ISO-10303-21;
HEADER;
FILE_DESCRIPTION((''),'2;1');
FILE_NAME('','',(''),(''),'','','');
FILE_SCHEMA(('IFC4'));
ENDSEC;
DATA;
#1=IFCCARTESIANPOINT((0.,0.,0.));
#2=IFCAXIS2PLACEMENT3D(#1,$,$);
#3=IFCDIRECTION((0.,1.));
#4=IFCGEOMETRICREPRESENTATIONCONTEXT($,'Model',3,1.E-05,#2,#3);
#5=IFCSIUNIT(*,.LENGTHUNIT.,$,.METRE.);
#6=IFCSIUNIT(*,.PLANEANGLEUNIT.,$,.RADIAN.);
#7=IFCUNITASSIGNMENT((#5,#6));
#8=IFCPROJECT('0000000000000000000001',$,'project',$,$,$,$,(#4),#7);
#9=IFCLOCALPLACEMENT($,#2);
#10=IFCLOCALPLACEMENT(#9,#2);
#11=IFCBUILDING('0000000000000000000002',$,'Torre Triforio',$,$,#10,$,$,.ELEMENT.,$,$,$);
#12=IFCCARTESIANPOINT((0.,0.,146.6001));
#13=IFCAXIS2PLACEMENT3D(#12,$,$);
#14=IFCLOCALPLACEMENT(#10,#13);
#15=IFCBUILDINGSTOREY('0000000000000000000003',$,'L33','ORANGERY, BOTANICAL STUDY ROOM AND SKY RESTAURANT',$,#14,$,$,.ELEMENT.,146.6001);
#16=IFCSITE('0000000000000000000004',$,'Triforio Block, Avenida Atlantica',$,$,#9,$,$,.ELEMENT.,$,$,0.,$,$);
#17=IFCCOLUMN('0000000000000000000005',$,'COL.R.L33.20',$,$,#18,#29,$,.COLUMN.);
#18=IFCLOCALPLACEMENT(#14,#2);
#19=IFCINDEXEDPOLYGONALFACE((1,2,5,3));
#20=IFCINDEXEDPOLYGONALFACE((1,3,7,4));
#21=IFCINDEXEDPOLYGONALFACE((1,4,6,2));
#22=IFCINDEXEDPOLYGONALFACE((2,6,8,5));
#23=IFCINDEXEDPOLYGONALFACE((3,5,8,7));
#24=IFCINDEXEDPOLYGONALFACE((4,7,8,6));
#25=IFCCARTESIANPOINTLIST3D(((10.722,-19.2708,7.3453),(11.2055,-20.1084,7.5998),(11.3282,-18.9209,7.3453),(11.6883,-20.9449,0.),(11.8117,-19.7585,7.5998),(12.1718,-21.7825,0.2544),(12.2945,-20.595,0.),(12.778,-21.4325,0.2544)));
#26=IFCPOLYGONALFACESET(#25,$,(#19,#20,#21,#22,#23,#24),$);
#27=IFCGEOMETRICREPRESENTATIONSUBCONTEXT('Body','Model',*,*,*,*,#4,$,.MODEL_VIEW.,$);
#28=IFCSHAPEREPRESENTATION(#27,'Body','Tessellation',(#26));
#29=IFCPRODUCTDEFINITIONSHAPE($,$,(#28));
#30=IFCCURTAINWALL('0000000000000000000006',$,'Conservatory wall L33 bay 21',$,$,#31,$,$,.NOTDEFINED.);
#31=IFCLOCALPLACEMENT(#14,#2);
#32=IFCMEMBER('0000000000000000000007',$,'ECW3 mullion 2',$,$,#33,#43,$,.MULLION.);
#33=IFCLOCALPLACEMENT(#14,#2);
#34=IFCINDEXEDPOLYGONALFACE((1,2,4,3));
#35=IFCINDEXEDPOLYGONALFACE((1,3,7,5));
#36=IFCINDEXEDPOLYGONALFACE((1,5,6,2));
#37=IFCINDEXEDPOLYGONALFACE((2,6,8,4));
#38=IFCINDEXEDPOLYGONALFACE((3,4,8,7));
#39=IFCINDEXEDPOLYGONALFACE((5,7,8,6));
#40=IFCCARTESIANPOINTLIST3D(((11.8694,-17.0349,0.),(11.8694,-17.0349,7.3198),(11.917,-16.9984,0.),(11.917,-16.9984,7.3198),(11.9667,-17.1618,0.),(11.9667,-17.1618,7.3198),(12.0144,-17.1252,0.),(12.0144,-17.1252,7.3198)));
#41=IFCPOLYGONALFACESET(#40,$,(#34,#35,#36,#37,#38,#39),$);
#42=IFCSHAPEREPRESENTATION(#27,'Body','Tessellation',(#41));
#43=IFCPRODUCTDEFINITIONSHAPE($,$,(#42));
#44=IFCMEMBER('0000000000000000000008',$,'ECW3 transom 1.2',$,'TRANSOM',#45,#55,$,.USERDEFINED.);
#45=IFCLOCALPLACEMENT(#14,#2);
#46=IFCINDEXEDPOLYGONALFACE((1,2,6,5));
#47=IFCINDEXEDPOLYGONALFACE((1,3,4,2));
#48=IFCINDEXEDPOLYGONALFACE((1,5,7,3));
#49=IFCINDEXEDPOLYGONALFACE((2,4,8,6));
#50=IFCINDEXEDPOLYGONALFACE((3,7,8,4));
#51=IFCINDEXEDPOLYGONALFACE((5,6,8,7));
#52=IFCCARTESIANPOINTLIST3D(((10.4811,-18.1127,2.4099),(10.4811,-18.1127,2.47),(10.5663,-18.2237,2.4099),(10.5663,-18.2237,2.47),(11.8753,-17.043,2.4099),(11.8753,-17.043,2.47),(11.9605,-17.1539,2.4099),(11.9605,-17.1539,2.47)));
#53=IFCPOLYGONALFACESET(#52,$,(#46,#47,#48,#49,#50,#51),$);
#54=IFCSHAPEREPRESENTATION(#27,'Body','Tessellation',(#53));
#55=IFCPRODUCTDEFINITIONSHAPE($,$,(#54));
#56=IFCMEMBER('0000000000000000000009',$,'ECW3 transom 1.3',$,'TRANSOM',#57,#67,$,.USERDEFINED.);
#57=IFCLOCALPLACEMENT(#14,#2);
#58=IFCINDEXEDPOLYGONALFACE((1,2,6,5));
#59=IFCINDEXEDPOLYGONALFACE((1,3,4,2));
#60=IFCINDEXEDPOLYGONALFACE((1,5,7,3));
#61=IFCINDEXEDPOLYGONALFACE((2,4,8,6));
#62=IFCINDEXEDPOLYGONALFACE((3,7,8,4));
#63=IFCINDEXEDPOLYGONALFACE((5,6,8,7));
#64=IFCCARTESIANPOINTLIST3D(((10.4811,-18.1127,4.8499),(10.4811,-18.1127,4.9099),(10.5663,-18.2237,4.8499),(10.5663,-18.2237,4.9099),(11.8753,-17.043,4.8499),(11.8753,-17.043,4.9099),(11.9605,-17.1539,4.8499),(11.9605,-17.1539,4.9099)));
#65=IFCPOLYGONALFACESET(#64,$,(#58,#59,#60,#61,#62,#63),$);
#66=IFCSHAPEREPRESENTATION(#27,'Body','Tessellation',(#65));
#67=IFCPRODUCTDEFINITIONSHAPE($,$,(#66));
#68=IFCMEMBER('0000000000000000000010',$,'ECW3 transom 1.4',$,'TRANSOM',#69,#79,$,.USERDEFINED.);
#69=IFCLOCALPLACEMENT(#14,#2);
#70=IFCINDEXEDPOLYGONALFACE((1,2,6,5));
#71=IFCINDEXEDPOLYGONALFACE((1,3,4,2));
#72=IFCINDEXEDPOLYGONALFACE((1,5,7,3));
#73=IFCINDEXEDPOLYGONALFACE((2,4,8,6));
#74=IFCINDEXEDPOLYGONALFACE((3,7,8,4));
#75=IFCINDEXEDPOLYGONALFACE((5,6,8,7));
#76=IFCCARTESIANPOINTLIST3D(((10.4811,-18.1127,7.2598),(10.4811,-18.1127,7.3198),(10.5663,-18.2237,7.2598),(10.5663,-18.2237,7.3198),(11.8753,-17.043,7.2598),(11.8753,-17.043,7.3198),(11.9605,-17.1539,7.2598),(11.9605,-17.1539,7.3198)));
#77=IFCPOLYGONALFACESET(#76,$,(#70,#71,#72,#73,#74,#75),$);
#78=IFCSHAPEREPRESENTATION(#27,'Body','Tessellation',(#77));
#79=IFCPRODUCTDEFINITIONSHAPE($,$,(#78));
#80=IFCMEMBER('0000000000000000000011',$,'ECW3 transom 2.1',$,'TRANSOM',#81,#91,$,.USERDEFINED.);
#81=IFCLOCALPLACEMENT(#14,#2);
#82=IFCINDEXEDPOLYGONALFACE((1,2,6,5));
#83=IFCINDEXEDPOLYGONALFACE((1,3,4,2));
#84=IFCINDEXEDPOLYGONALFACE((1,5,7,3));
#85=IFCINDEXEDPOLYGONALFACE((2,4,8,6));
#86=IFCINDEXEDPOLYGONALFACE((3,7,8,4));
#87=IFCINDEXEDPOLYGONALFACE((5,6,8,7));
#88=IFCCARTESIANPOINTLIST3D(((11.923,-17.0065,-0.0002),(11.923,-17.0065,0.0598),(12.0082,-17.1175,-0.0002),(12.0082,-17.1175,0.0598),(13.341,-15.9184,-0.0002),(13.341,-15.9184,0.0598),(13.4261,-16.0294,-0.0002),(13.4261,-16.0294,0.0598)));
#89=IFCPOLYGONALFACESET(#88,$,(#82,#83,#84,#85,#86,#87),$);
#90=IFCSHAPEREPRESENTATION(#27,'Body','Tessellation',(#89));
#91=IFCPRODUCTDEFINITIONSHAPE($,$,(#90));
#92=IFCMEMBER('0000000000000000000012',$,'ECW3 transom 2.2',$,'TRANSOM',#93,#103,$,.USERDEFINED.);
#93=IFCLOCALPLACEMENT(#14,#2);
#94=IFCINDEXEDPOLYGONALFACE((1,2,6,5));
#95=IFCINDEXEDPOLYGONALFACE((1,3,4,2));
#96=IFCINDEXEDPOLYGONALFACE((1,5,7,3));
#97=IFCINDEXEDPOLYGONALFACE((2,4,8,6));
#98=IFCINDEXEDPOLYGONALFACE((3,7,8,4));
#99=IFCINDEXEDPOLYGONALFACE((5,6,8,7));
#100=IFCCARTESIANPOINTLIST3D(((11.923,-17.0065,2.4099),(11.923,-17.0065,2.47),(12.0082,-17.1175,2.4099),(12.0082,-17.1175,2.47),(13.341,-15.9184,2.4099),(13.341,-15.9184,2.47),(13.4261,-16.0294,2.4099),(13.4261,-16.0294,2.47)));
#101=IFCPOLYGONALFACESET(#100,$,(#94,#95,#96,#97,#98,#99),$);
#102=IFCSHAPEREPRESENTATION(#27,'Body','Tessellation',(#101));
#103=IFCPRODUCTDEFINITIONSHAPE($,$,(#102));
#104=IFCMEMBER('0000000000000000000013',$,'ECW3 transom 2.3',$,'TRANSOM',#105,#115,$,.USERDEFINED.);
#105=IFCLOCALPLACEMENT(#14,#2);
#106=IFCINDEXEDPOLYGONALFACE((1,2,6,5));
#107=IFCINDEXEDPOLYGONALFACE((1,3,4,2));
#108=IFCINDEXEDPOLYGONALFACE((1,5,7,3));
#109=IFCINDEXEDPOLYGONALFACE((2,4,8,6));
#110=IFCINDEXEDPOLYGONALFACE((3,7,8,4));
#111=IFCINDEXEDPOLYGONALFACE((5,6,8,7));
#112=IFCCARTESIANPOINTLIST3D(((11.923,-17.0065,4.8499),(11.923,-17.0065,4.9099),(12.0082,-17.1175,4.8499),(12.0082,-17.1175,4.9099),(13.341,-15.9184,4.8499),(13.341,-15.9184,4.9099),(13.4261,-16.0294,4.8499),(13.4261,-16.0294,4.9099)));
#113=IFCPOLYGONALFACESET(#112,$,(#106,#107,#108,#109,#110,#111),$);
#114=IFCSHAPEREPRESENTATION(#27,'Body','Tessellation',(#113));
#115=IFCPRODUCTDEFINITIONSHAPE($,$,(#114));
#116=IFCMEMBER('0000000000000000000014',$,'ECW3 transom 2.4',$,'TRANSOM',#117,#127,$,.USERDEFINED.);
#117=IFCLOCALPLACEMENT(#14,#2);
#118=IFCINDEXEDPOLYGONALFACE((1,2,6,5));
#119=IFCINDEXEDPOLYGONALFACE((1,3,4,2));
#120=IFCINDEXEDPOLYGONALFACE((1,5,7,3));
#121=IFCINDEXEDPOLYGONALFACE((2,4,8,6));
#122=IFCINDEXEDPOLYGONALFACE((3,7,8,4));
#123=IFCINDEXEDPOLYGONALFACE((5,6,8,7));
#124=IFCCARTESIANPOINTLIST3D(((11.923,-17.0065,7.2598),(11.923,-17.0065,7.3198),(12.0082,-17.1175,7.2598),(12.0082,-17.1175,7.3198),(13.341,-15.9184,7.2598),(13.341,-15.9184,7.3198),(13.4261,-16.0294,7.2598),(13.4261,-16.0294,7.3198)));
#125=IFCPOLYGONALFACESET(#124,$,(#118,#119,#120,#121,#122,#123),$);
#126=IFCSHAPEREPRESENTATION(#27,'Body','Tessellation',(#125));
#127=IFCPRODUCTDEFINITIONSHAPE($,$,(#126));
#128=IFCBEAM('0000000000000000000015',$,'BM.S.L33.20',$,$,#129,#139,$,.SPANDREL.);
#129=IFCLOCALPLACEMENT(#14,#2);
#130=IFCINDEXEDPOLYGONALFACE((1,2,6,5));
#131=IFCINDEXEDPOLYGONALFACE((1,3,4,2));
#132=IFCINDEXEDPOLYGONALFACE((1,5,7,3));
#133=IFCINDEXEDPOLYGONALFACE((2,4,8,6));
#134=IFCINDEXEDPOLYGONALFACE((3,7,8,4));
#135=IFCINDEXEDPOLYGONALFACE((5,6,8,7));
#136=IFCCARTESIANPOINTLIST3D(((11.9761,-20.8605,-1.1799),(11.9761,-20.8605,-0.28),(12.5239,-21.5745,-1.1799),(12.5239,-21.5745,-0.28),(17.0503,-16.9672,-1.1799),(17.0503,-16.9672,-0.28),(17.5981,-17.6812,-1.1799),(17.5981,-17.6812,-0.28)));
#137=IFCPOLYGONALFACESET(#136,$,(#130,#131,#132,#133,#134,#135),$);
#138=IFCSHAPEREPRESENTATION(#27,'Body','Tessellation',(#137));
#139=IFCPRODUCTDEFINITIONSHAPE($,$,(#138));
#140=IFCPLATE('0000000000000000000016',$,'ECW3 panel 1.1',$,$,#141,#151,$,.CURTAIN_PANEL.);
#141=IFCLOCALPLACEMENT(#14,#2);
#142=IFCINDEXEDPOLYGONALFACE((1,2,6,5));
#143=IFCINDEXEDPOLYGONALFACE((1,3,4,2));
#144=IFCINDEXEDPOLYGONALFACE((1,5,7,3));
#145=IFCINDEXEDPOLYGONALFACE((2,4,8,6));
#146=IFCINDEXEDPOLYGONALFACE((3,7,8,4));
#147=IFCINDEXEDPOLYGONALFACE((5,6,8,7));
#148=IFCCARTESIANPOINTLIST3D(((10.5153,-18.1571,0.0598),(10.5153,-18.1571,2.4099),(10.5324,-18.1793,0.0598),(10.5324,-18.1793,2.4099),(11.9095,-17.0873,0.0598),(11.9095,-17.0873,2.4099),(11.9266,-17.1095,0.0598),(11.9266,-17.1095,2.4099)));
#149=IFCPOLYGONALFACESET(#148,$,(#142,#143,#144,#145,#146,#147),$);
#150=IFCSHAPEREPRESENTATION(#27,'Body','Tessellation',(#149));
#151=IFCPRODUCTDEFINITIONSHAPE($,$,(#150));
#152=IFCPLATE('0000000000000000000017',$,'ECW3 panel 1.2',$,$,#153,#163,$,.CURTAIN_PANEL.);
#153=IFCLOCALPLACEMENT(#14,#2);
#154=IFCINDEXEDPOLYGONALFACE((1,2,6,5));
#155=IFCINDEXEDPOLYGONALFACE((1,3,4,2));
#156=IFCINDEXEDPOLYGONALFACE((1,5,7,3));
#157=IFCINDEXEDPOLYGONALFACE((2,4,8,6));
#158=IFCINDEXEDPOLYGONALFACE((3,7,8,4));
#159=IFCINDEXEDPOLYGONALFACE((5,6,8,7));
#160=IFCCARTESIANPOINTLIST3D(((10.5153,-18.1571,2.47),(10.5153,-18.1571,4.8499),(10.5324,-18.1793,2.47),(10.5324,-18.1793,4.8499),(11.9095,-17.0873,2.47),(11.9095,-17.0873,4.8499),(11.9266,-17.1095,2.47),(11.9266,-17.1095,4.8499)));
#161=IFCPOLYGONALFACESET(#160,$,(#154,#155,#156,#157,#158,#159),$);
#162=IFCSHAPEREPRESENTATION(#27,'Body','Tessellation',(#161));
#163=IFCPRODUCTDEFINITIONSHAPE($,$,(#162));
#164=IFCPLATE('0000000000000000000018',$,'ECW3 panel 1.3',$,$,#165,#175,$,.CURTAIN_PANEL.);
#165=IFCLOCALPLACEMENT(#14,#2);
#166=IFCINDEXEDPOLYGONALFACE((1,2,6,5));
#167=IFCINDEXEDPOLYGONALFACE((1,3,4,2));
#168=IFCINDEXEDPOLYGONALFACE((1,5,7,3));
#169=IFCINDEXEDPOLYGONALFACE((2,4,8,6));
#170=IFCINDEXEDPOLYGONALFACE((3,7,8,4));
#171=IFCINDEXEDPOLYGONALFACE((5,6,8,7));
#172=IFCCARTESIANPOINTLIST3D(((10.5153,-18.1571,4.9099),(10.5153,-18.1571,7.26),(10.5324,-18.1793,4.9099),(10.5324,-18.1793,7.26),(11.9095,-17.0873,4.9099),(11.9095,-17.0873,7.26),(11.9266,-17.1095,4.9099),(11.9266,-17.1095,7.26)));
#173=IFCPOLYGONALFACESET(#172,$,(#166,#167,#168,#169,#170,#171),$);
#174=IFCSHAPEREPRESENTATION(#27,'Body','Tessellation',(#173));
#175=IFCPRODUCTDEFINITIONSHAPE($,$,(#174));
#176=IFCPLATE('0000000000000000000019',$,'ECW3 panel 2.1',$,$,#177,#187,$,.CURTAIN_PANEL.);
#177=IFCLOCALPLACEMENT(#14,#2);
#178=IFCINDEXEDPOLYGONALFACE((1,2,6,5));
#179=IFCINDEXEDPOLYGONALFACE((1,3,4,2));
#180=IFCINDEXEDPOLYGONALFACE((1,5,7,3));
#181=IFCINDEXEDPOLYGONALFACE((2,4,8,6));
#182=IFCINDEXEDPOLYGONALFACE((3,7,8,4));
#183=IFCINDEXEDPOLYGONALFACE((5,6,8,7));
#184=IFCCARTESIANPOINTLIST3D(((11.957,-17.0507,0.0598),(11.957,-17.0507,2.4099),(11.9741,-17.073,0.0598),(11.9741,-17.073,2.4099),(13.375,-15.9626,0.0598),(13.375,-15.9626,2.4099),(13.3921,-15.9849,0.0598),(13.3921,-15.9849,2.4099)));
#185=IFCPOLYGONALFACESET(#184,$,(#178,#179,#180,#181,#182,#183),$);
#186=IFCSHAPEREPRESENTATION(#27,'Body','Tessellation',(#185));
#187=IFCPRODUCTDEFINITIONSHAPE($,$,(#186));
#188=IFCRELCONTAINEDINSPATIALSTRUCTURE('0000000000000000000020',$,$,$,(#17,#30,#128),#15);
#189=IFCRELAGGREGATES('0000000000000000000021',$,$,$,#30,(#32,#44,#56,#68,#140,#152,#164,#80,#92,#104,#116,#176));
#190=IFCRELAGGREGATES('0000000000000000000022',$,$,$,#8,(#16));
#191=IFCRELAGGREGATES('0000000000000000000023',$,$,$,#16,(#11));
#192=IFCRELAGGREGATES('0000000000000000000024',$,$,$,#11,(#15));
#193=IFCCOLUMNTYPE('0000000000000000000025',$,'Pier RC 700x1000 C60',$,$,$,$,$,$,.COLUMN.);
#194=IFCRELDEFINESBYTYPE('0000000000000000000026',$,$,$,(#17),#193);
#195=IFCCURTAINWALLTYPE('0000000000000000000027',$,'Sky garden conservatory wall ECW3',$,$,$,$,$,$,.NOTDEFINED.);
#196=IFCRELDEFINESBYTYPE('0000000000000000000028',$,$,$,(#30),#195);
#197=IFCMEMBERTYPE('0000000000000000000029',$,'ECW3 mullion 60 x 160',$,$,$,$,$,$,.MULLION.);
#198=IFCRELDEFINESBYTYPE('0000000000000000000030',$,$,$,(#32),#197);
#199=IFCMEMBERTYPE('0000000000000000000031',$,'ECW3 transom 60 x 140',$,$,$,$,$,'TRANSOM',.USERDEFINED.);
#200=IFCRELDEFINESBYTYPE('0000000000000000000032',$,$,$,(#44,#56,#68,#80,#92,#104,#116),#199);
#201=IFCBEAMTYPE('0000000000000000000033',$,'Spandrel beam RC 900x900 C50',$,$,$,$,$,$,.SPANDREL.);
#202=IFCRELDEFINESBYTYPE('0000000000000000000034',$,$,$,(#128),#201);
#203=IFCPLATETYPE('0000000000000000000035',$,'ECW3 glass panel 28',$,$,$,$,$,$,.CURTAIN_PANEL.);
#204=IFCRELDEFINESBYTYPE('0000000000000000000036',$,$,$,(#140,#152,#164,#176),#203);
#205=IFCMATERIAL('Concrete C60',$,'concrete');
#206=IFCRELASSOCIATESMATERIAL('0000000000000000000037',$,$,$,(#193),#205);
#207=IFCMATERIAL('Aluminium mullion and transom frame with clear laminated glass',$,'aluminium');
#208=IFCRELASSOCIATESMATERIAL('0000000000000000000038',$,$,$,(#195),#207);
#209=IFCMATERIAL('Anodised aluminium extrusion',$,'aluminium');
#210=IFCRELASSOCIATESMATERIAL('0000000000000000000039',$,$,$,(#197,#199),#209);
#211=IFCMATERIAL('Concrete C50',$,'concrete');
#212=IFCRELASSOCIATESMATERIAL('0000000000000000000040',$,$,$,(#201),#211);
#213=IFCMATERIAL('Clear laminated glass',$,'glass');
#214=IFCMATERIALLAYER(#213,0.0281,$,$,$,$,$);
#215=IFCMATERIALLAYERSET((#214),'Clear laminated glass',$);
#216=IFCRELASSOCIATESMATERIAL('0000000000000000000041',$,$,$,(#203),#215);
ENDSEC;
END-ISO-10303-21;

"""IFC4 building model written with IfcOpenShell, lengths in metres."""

from ifc_helpers import new_model, si_unit, direction, frame, origin, origin_2d, place, context, subcontext, project, spatial, rectangle, extrude, material, layer, layer_set, material_profile, profile_set, type_object, element, aggregate, save


model = new_model("IFC4")

# Units and contexts
model_context = context("Model", 3, precision=1e-05, world=origin(), true_north=direction((0.0, 1.0)))
body_context = subcontext(model_context, "Body", "Model", "MODEL_VIEW")
ifc_project = project(units=[si_unit("LENGTHUNIT", "METRE"), si_unit("PLANEANGLEUNIT", "RADIAN")], contexts=[model_context])

# Site, building, storey
site_placement = place(None, origin())
site = spatial("IfcSite", under=ifc_project, at=site_placement, Name="Triforio Block, Avenida Atlantica", CompositionType="ELEMENT", RefElevation=0.0)
building_placement = place(site_placement, origin())
building = spatial("IfcBuilding", under=site, at=building_placement, Name="Torre Triforio", CompositionType="ELEMENT")
storey_placement = place(building_placement, frame((0.0, 0.0, 146.6001)))
storey = spatial("IfcBuildingStorey", under=building, at=storey_placement, Name="L33", Description="ORANGERY, BOTANICAL STUDY ROOM AND SKY RESTAURANT", CompositionType="ELEMENT", Elevation=146.6001)

# Column
ifc_material_1 = material(Name="Concrete C60", Category="concrete")
ifc_material_profile_1 = material_profile(ifc_material_1, rectangle(XDim=0.7, YDim=1.0, at=origin_2d()), Name="RC 700x1000")
ifc_profile_set_1 = profile_set([ifc_material_profile_1], Name="Concrete C60")
column_type = type_object("IfcColumnType", Name="Pier RC 700x1000 C60", PredefinedType="COLUMN", material=ifc_profile_set_1)
column_placement = place(storey_placement, frame((12.2332, -21.1887, 0.1272), z_axis=(-0.127221, 0.220402, 0.967077), x_axis=(-0.866074, -0.499916, 0.0)))
element("IfcColumn", 1, at=column_placement, inside=storey, type_object=column_type, Name="COL.R.L33.20", PredefinedType="COLUMN", context=body_context, shape_type="SweptSolid", body=[
    extrude(rectangle(XDim=0.7, YDim=1.0, at=origin_2d()), origin(), (0.0, 0.0, 1.0), 7.5955),
])

# Curtain wall, members
ifc_material_2 = material(Name="Aluminium mullion and transom frame with clear laminated glass", Category="aluminium")
curtain_wall_type = type_object("IfcCurtainWallType", Name="Sky garden conservatory wall ECW3", PredefinedType="NOTDEFINED", material=ifc_material_2)
curtain_wall_placement = place(storey_placement, origin())
curtain_wall = element("IfcCurtainWall", 2, at=curtain_wall_placement, inside=storey, type_object=curtain_wall_type, Name="Conservatory wall L33 bay 21", PredefinedType="NOTDEFINED")
ifc_material_3 = material(Name="Anodised aluminium extrusion", Category="aluminium")
ifc_material_profile_2 = material_profile(ifc_material_3, rectangle(XDim=0.1599, YDim=0.0601, at=origin_2d()), Name="ECW3 MULLION 60x160")
ifc_profile_set_2 = profile_set([ifc_material_profile_2], Name="Anodised aluminium extrusion")
member_type_1 = type_object("IfcMemberType", Name="ECW3 mullion 60 x 160", PredefinedType="MULLION", material=ifc_profile_set_2)
member_1_placement = place(storey_placement, frame((11.9419, -17.0801, 0.0), z_axis=(0.0, 0.0, 1.0), x_axis=(-0.608763, 0.793352, 0.0)))
member_1 = element("IfcMember", 3, at=member_1_placement, type_object=member_type_1, Name="ECW3 mullion 2", PredefinedType="MULLION", context=body_context, shape_type="SweptSolid", body=[
    extrude(rectangle(XDim=0.1599, YDim=0.0601, at=origin_2d()), origin(), (0.0, 0.0, 1.0), 7.3198),
])
ifc_material_profile_3 = material_profile(ifc_material_3, rectangle(XDim=0.1399, YDim=0.0601, at=origin_2d()), Name="ECW3 TRANSOM 60x140")
ifc_profile_set_3 = profile_set([ifc_material_profile_3], Name="Anodised aluminium extrusion")
member_type_2 = type_object("IfcMemberType", Name="ECW3 transom 60 x 140", ElementType="TRANSOM", PredefinedType="USERDEFINED", material=ifc_profile_set_3)
member_2_placement = place(storey_placement, frame((10.5237, -18.1682, 2.4399), z_axis=(0.793367, 0.608744, 0.0), x_axis=(-0.608744, 0.793367, 0.0)))
member_2 = element("IfcMember", 4, at=member_2_placement, type_object=member_type_2, Name="ECW3 transom 1.2", ObjectType="TRANSOM", PredefinedType="USERDEFINED", context=body_context, shape_type="SweptSolid", body=[
    extrude(rectangle(XDim=0.1399, YDim=0.0601, at=origin_2d()), origin(), (0.0, 0.0, 1.0), 1.7573),
])
member_3_placement = place(storey_placement, frame((10.5237, -18.1682, 4.8799), z_axis=(0.793367, 0.608744, 0.0), x_axis=(-0.608744, 0.793367, 0.0)))
member_3 = element("IfcMember", 5, at=member_3_placement, type_object=member_type_2, Name="ECW3 transom 1.3", ObjectType="TRANSOM", PredefinedType="USERDEFINED", context=body_context, shape_type="SweptSolid", body=[
    extrude(rectangle(XDim=0.1399, YDim=0.0601, at=origin_2d()), origin(), (0.0, 0.0, 1.0), 1.7573),
])
member_4_placement = place(storey_placement, frame((10.5237, -18.1682, 7.2898), z_axis=(0.793367, 0.608744, 0.0), x_axis=(-0.608744, 0.793367, 0.0)))
member_4 = element("IfcMember", 6, at=member_4_placement, type_object=member_type_2, Name="ECW3 transom 1.4", ObjectType="TRANSOM", PredefinedType="USERDEFINED", context=body_context, shape_type="SweptSolid", body=[
    extrude(rectangle(XDim=0.1399, YDim=0.0601, at=origin_2d()), origin(), (0.0, 0.0, 1.0), 1.7573),
])
member_5_placement = place(storey_placement, frame((11.9656, -17.062, 0.0298), z_axis=(0.793329, 0.608793, 0.0), x_axis=(-0.608793, 0.793329, 0.0)))
member_5 = element("IfcMember", 7, at=member_5_placement, type_object=member_type_2, Name="ECW3 transom 2.1", ObjectType="TRANSOM", PredefinedType="USERDEFINED", context=body_context, shape_type="SweptSolid", body=[
    extrude(rectangle(XDim=0.1399, YDim=0.0601, at=origin_2d()), origin(), (0.0, 0.0, 1.0), 1.7874),
])
member_6_placement = place(storey_placement, frame((11.9656, -17.062, 2.4399), z_axis=(0.793329, 0.608793, 0.0), x_axis=(-0.608793, 0.793329, 0.0)))
member_6 = element("IfcMember", 8, at=member_6_placement, type_object=member_type_2, Name="ECW3 transom 2.2", ObjectType="TRANSOM", PredefinedType="USERDEFINED", context=body_context, shape_type="SweptSolid", body=[
    extrude(rectangle(XDim=0.1399, YDim=0.0601, at=origin_2d()), origin(), (0.0, 0.0, 1.0), 1.7874),
])
member_7_placement = place(storey_placement, frame((11.9656, -17.062, 4.8799), z_axis=(0.793329, 0.608793, 0.0), x_axis=(-0.608793, 0.793329, 0.0)))
member_7 = element("IfcMember", 9, at=member_7_placement, type_object=member_type_2, Name="ECW3 transom 2.3", ObjectType="TRANSOM", PredefinedType="USERDEFINED", context=body_context, shape_type="SweptSolid", body=[
    extrude(rectangle(XDim=0.1399, YDim=0.0601, at=origin_2d()), origin(), (0.0, 0.0, 1.0), 1.7874),
])
member_8_placement = place(storey_placement, frame((11.9656, -17.062, 7.2898), z_axis=(0.793329, 0.608793, 0.0), x_axis=(-0.608793, 0.793329, 0.0)))
member_8 = element("IfcMember", 10, at=member_8_placement, type_object=member_type_2, Name="ECW3 transom 2.4", ObjectType="TRANSOM", PredefinedType="USERDEFINED", context=body_context, shape_type="SweptSolid", body=[
    extrude(rectangle(XDim=0.1399, YDim=0.0601, at=origin_2d()), origin(), (0.0, 0.0, 1.0), 1.7874),
])

# Beam
ifc_material_4 = material(Name="Concrete C50", Category="concrete")
ifc_material_profile_4 = material_profile(ifc_material_4, rectangle(XDim=0.8999, YDim=0.8999, at=origin_2d()), Name="RC 900x900")
ifc_profile_set_4 = profile_set([ifc_material_profile_4], Name="Concrete C50")
beam_type = type_object("IfcBeamType", Name="Spandrel beam RC 900x900 C50", PredefinedType="SPANDREL", material=ifc_profile_set_4)
beam_placement = place(storey_placement, frame((12.25, -21.2175, -0.73), z_axis=(0.793374, 0.608734, 0.0), x_axis=(-0.608734, 0.793374, 0.0)))
element("IfcBeam", 11, at=beam_placement, inside=storey, type_object=beam_type, Name="BM.S.L33.20", PredefinedType="SPANDREL", context=body_context, shape_type="SweptSolid", body=[
    extrude(rectangle(XDim=0.8999, YDim=0.8999, at=origin_2d()), origin(), (0.0, 0.0, 1.0), 6.3958),
])

# Plates
ifc_material_5 = material(Name="Clear laminated glass", Category="glass")
ifc_layer_1 = layer(ifc_material_5, 0.0281)
ifc_layer_set_1 = layer_set([ifc_layer_1], Name="Clear laminated glass")
plate_type = type_object("IfcPlateType", Name="ECW3 glass panel 28", PredefinedType="CURTAIN_PANEL", material=ifc_layer_set_1)
plate_1_placement = place(storey_placement, frame((11.2209, -17.6333, 0.0598), z_axis=(0.0, 0.0, 1.0), x_axis=(0.793352, 0.608763, 0.0)))
plate_1 = element("IfcPlate", 12, at=plate_1_placement, type_object=plate_type, Name="ECW3 panel 1.1", PredefinedType="CURTAIN_PANEL", context=body_context, shape_type="SweptSolid", body=[
    extrude(rectangle(XDim=1.7573, YDim=0.0281, at=origin_2d()), origin(), (0.0, 0.0, 1.0), 2.3501),
])
plate_2_placement = place(storey_placement, frame((11.2209, -17.6333, 2.47), z_axis=(0.0, 0.0, 1.0), x_axis=(0.793352, 0.608763, 0.0)))
plate_2 = element("IfcPlate", 13, at=plate_2_placement, type_object=plate_type, Name="ECW3 panel 1.2", PredefinedType="CURTAIN_PANEL", context=body_context, shape_type="SweptSolid", body=[
    extrude(rectangle(XDim=1.7573, YDim=0.0281, at=origin_2d()), origin(), (0.0, 0.0, 1.0), 2.3799),
])
plate_3_placement = place(storey_placement, frame((11.2209, -17.6333, 4.9099), z_axis=(0.0, 0.0, 1.0), x_axis=(0.793352, 0.608763, 0.0)))
plate_3 = element("IfcPlate", 14, at=plate_3_placement, type_object=plate_type, Name="ECW3 panel 1.3", PredefinedType="CURTAIN_PANEL", context=body_context, shape_type="SweptSolid", body=[
    extrude(rectangle(XDim=1.7573, YDim=0.0281, at=origin_2d()), origin(), (0.0, 0.0, 1.0), 2.3501),
])
plate_4_placement = place(storey_placement, frame((12.6746, -16.5178, 0.0598), z_axis=(0.0, 0.0, 1.0), x_axis=(0.793352, 0.608763, 0.0)))
plate_4 = element("IfcPlate", 15, at=plate_4_placement, type_object=plate_type, Name="ECW3 panel 2.1", PredefinedType="CURTAIN_PANEL", context=body_context, shape_type="SweptSolid", body=[
    extrude(rectangle(XDim=1.7874, YDim=0.0281, at=origin_2d()), origin(), (0.0, 0.0, 1.0), 2.3501),
])
aggregate(curtain_wall, [member_1, member_2, member_3, member_4, plate_1, plate_2, plate_3, member_5, member_6, member_7, member_8, plate_4])

save(model, "model.ifc")
